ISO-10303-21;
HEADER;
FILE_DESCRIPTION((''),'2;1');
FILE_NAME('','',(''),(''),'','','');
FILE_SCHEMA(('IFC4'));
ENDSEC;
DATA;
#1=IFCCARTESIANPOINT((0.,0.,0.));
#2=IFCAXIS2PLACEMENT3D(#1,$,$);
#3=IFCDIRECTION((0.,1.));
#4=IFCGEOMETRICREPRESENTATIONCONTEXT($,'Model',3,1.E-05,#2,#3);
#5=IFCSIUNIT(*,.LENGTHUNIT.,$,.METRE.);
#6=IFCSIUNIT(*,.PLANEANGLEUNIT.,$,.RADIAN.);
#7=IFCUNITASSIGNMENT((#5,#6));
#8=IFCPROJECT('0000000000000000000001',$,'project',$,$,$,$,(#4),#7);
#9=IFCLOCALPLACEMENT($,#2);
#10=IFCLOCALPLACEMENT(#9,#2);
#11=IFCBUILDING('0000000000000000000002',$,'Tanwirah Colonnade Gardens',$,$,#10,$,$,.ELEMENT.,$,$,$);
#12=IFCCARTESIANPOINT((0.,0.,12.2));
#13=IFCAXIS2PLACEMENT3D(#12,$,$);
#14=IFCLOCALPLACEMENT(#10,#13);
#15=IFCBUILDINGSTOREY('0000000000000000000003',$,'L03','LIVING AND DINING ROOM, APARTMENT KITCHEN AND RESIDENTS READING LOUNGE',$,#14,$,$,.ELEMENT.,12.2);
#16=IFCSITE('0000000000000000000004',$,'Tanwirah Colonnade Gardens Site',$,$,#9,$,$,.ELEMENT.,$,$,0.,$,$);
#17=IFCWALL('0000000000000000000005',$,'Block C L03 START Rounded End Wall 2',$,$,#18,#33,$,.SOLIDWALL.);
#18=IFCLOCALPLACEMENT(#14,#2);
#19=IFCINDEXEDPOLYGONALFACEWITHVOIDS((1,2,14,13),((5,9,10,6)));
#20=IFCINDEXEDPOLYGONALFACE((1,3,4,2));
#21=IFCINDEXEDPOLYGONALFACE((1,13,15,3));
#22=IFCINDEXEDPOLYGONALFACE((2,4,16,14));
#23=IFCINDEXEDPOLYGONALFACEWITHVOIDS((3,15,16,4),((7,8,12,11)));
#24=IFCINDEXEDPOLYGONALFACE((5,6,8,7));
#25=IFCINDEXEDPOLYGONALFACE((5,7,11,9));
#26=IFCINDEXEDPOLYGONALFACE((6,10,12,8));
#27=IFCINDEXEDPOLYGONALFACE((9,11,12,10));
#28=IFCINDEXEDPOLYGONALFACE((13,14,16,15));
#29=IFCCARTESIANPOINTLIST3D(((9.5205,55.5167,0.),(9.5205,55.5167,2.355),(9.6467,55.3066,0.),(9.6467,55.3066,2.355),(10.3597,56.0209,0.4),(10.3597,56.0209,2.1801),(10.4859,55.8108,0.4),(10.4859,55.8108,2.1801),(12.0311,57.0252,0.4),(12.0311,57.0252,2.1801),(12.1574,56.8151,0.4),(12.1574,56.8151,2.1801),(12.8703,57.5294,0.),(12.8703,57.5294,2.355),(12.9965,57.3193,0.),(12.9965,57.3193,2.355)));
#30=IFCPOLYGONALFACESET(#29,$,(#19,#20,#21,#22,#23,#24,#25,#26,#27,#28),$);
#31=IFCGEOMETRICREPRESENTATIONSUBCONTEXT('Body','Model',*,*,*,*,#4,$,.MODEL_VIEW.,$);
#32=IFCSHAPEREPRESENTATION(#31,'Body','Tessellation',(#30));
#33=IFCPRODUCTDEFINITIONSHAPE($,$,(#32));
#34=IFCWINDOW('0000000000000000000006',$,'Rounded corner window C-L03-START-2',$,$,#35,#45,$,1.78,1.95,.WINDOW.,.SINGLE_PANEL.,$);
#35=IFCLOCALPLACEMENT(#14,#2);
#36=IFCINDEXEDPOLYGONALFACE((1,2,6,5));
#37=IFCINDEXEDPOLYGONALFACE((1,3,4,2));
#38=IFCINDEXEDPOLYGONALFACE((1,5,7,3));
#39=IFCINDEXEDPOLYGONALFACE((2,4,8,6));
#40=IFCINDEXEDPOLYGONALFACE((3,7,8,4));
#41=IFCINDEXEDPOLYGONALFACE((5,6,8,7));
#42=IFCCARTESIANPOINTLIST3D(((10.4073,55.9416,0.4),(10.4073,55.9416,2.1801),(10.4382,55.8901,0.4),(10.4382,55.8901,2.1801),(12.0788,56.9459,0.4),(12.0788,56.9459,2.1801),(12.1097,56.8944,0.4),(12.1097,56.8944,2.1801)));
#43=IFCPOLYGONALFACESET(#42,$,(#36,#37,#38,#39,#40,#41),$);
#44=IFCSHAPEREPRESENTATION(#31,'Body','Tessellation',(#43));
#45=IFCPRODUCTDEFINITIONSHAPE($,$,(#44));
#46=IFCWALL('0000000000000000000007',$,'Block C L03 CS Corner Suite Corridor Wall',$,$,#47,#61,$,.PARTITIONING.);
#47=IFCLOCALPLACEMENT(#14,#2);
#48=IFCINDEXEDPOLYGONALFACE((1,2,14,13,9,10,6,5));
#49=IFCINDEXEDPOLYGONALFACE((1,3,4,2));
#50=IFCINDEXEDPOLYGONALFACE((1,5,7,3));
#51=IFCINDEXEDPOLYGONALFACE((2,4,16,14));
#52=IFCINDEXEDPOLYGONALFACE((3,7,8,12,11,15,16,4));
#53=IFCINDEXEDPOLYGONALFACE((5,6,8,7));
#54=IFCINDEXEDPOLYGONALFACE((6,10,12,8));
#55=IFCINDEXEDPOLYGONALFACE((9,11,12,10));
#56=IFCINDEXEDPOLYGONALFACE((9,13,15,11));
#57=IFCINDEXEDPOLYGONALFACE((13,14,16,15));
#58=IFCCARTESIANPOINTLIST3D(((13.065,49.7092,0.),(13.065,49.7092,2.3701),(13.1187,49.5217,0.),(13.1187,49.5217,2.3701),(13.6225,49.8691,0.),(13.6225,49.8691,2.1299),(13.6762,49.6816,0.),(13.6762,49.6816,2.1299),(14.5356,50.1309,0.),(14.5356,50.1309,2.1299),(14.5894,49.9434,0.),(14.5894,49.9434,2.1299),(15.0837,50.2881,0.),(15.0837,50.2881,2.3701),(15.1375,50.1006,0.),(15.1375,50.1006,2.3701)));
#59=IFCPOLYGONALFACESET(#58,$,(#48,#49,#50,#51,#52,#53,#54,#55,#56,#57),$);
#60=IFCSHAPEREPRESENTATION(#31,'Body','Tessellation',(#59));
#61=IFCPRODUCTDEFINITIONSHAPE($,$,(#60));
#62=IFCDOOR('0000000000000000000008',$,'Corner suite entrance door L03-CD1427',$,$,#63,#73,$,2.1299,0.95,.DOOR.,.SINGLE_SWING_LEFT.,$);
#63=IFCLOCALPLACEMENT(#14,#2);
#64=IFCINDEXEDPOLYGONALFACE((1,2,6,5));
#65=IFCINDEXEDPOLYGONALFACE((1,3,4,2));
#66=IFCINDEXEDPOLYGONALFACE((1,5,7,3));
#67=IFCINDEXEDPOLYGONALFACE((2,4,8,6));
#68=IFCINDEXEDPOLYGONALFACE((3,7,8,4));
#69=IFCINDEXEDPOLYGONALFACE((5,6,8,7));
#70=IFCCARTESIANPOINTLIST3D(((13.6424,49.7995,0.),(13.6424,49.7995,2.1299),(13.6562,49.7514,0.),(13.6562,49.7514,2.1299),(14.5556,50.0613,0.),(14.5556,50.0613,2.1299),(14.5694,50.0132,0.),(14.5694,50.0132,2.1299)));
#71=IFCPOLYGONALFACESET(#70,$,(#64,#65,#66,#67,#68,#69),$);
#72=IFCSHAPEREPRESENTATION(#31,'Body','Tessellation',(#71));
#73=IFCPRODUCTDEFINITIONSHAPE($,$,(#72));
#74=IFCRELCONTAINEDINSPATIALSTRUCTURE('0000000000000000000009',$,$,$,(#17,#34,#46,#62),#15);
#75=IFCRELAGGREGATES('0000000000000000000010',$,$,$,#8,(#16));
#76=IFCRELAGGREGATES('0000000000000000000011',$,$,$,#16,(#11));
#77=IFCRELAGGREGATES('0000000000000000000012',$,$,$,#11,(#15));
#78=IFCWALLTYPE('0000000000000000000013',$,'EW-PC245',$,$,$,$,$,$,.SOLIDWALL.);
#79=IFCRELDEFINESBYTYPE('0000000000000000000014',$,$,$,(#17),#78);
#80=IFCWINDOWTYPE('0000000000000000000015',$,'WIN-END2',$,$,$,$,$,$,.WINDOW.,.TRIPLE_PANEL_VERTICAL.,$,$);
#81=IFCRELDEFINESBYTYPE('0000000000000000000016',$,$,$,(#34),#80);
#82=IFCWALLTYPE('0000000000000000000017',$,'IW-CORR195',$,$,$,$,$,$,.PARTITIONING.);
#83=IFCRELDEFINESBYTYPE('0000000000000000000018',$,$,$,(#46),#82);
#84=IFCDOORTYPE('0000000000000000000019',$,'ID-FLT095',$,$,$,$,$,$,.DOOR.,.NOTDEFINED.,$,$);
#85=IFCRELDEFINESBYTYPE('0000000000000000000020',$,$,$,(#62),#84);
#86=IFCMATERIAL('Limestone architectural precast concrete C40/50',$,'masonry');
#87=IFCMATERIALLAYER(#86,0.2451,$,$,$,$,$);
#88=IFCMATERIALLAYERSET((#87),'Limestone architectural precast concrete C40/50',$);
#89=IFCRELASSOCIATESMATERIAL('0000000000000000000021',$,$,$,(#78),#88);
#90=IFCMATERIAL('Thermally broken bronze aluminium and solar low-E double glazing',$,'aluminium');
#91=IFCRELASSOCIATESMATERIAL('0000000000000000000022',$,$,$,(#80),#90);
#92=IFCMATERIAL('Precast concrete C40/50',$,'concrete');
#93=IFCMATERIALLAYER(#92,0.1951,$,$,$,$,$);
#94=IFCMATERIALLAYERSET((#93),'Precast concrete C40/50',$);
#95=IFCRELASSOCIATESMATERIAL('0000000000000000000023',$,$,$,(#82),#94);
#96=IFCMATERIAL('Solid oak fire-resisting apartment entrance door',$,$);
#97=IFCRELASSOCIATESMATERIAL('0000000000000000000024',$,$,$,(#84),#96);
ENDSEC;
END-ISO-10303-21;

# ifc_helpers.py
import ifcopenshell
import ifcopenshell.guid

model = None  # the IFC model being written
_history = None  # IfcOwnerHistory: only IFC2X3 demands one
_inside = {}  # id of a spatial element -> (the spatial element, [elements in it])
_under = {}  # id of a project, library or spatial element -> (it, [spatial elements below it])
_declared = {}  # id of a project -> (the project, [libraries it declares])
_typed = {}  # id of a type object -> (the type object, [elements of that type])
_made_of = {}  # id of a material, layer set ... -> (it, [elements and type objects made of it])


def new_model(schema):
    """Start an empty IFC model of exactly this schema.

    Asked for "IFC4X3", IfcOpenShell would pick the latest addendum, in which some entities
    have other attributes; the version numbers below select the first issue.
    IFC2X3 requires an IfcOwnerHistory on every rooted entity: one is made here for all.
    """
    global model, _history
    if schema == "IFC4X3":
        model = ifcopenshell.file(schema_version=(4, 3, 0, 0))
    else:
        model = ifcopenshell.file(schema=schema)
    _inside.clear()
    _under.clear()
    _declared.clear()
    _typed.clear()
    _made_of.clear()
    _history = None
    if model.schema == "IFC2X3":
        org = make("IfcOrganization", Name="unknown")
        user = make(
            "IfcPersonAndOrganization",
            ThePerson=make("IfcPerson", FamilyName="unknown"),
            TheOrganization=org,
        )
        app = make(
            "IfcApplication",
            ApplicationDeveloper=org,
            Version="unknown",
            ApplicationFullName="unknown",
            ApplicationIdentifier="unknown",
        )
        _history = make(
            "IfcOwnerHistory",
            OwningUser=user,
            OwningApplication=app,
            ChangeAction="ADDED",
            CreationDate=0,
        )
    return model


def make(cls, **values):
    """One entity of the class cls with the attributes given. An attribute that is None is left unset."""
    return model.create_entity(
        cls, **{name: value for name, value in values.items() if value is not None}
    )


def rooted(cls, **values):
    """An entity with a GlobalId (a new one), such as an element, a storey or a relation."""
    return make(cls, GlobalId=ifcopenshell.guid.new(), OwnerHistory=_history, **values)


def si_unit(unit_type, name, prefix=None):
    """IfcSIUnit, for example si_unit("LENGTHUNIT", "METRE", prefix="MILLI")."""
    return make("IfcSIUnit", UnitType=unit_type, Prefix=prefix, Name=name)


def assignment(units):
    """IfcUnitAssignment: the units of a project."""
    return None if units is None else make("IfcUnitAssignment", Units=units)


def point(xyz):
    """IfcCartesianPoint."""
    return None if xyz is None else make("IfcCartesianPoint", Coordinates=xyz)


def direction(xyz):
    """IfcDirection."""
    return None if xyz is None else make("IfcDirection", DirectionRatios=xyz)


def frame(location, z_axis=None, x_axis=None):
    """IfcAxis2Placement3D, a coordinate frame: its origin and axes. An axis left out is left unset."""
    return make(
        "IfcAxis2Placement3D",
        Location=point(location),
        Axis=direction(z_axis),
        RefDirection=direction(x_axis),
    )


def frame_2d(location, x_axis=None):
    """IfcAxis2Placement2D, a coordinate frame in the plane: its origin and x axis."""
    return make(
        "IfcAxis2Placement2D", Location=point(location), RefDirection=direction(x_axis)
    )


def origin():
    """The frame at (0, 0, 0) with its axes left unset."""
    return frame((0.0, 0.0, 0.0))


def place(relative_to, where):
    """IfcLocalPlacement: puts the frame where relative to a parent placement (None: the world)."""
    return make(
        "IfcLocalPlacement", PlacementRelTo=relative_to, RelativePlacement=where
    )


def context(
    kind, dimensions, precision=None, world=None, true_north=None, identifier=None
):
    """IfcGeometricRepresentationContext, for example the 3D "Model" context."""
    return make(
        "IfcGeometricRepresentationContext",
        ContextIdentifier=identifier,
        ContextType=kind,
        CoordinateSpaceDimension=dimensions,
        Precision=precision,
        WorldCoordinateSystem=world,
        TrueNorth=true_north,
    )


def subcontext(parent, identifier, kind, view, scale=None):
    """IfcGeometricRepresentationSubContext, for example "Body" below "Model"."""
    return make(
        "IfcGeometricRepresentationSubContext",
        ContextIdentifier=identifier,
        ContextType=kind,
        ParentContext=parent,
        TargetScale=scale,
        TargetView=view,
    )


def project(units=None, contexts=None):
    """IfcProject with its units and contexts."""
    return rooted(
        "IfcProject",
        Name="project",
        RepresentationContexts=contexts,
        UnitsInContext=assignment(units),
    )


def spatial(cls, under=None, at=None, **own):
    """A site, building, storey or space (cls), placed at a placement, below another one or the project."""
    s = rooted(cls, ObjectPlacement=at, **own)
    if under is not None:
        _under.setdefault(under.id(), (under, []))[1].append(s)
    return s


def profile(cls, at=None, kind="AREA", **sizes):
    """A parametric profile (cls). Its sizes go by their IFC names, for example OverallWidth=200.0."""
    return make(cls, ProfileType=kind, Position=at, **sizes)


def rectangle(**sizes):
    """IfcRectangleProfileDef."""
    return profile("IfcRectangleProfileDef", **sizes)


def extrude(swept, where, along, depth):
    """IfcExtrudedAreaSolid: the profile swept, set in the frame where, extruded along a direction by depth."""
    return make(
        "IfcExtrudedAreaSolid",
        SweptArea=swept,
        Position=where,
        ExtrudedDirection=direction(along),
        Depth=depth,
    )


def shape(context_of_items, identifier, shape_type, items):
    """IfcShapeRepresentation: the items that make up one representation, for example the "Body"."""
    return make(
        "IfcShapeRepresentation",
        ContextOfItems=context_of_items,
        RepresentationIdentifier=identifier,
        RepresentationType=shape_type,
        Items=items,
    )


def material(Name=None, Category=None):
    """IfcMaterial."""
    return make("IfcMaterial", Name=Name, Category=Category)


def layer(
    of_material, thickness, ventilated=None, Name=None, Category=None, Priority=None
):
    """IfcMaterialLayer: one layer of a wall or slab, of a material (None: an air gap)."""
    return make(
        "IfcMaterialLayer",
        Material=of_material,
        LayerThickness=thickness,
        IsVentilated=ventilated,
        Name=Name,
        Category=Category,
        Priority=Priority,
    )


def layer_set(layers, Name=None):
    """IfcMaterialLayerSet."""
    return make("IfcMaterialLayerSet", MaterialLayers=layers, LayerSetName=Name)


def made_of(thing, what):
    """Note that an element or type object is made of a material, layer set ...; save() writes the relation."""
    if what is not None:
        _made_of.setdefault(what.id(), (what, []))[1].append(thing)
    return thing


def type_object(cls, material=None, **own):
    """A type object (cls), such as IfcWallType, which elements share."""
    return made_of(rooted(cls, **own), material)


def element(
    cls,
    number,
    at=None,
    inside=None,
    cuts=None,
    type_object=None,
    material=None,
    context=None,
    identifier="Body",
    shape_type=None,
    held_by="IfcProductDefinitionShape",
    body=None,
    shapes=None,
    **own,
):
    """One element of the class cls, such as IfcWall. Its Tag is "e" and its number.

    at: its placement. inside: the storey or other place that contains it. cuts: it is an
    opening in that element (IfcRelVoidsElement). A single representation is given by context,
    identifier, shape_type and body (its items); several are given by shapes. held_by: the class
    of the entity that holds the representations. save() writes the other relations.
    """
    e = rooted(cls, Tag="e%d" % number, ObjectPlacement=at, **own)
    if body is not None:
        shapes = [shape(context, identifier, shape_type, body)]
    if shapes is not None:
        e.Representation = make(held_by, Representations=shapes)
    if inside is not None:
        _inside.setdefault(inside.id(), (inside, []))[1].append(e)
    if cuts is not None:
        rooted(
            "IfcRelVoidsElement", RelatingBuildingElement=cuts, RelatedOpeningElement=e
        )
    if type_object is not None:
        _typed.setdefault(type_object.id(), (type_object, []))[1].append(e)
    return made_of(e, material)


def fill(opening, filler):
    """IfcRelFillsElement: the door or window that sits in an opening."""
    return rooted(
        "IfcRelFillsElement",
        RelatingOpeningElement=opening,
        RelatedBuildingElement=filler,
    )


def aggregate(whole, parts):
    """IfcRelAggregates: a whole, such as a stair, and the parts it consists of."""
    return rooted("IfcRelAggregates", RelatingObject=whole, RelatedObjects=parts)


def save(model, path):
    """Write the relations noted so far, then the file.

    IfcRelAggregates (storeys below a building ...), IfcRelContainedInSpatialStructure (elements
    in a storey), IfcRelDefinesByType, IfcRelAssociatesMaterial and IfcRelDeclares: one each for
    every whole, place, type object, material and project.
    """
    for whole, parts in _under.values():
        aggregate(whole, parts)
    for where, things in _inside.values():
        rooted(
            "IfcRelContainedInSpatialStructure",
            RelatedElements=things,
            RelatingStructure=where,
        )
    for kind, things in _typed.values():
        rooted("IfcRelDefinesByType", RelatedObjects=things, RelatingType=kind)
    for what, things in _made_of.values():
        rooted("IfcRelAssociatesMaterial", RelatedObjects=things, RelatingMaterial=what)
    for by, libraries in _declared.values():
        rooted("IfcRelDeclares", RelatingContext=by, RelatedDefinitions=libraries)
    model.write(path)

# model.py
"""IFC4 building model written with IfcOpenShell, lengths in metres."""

from ifc_helpers import new_model, si_unit, direction, frame, frame_2d, origin, place, context, subcontext, project, spatial, rectangle, extrude, material, layer, layer_set, type_object, element, fill, save


model = new_model("IFC4")

# Units and contexts
model_context = context("Model", 3, precision=1e-05, world=origin(), true_north=direction((0.0, 1.0)))
body_context = subcontext(model_context, "Body", "Model", "MODEL_VIEW")
ifc_project = project(units=[si_unit("LENGTHUNIT", "METRE"), si_unit("PLANEANGLEUNIT", "RADIAN")], contexts=[model_context])

# Site, building, storey
site_placement = place(None, origin())
site = spatial("IfcSite", under=ifc_project, at=site_placement, Name="Tanwirah Colonnade Gardens Site", CompositionType="ELEMENT", RefElevation=0.0)
building_placement = place(site_placement, origin())
building = spatial("IfcBuilding", under=site, at=building_placement, Name="Tanwirah Colonnade Gardens", CompositionType="ELEMENT")
storey_placement = place(building_placement, frame((0.0, 0.0, 12.2)))
storey = spatial("IfcBuildingStorey", under=building, at=storey_placement, Name="L03", Description="LIVING AND DINING ROOM, APARTMENT KITCHEN AND RESIDENTS READING LOUNGE", CompositionType="ELEMENT", Elevation=12.2)

# Shared definitions
ifc_material_1 = material(Name="Precast concrete C40/50", Category="concrete")

# Wall, opening, window
ifc_material_2 = material(Name="Limestone architectural precast concrete C40/50", Category="masonry")
ifc_layer_1 = layer(ifc_material_2, 0.2451)
ifc_layer_set_1 = layer_set([ifc_layer_1], Name="Limestone architectural precast concrete C40/50")
wall_type_1 = type_object("IfcWallType", Name="EW-PC245", PredefinedType="SOLIDWALL", material=ifc_layer_set_1)
ifc_material_3 = material(Name="Thermally broken bronze aluminium and solar low-E double glazing", Category="aluminium")
wall_1_placement = place(storey_placement, frame((9.5835, 55.4116, 0.0), z_axis=(0.0, 0.0, 1.0), x_axis=(0.857179, 0.515019, 0.0)))
wall_1 = element("IfcWall", 1, at=wall_1_placement, inside=storey, type_object=wall_type_1, Name="Block C L03 START Rounded End Wall 2", PredefinedType="SOLIDWALL", context=body_context, shape_type="SweptSolid", body=[
    extrude(rectangle(XDim=3.908, YDim=0.2451, at=frame_2d((1.9541, 0.0))), origin(), (0.0, 0.0, 1.0), 2.355),
])
opening_1_placement = place(wall_1_placement, frame((0.979, 0.0, 0.3999)))
opening_1 = element("IfcOpeningElement", 2, at=opening_1_placement, cuts=wall_1, PredefinedType="OPENING", context=body_context, shape_type="SweptSolid", body=[
    extrude(rectangle(XDim=1.95, YDim=1.78, at=frame_2d((0.9751, 0.8901))), frame((0.0, 0.1326, 0.0), z_axis=(0.0, -1.0, 0.0), x_axis=(1.0, 0.0, 0.0)), (0.0, 0.0, 1.0), 0.2651),
])
window_type_1 = type_object("IfcWindowType", Name="WIN-END2", PartitioningType="TRIPLE_PANEL_VERTICAL", PredefinedType="WINDOW", material=ifc_material_3)
window_1_placement = place(opening_1_placement, origin())
window_1 = element("IfcWindow", 3, at=window_1_placement, inside=storey, type_object=window_type_1, Name="Rounded corner window C-L03-START-2", OverallHeight=1.78, OverallWidth=1.95, PartitioningType="SINGLE_PANEL", PredefinedType="WINDOW", context=body_context, shape_type="SweptSolid", body=[
    extrude(rectangle(XDim=1.95, YDim=1.78, at=frame_2d((0.9751, 0.8901))), frame((0.0, 0.03, 0.0), z_axis=(0.0, -1.0, 0.0), x_axis=(1.0, 0.0, 0.0)), (0.0, 0.0, 1.0), 0.0601),
])
fill(opening_1, window_1)

# Wall, opening, door
ifc_layer_2 = layer(ifc_material_1, 0.1951)
ifc_layer_set_2 = layer_set([ifc_layer_2], Name="Precast concrete C40/50")
wall_type_2 = type_object("IfcWallType", Name="IW-CORR195", PredefinedType="PARTITIONING", material=ifc_layer_set_2)
wall_2_placement = place(storey_placement, frame((15.1106, 50.1943, 0.0), z_axis=(0.0, 0.0, 1.0), x_axis=(-0.961265, -0.275627, 0.0)))
wall_2 = element("IfcWall", 4, at=wall_2_placement, inside=storey, type_object=wall_type_2, Name="Block C L03 CS Corner Suite Corridor Wall", PredefinedType="PARTITIONING", context=body_context, shape_type="SweptSolid", body=[
    extrude(rectangle(XDim=2.1001, YDim=0.1951, at=frame_2d((1.05, 0.0))), origin(), (0.0, 0.0, 1.0), 2.3701),
])
opening_2_placement = place(wall_2_placement, frame((0.5701, 0.0, 0.0)))
opening_2 = element("IfcOpeningElement", 5, at=opening_2_placement, cuts=wall_2, PredefinedType="OPENING", context=body_context, shape_type="SweptSolid", body=[
    extrude(rectangle(XDim=0.95, YDim=2.1299, at=frame_2d((0.4751, 1.0649))), frame((0.0, 0.1074, 0.0), z_axis=(0.0, -1.0, 0.0), x_axis=(1.0, 0.0, 0.0)), (0.0, 0.0, 1.0), 0.2151),
])
ifc_material_4 = material(Name="Solid oak fire-resisting apartment entrance door")
door_type = type_object("IfcDoorType", Name="ID-FLT095", OperationType="NOTDEFINED", PredefinedType="DOOR", material=ifc_material_4)
door_placement = place(opening_2_placement, origin())
door = element("IfcDoor", 6, at=door_placement, inside=storey, type_object=door_type, Name="Corner suite entrance door L03-CD1427", OperationType="SINGLE_SWING_LEFT", OverallHeight=2.1299, OverallWidth=0.95, PredefinedType="DOOR", context=body_context, shape_type="SweptSolid", body=[
    extrude(rectangle(XDim=0.95, YDim=2.1299, at=frame_2d((0.4751, 1.0649))), frame((0.0, 0.0249, 0.0), z_axis=(0.0, -1.0, 0.0), x_axis=(1.0, 0.0, 0.0)), (0.0, 0.0, 1.0), 0.05),
])
fill(opening_2, door)

save(model, "model.ifc")
